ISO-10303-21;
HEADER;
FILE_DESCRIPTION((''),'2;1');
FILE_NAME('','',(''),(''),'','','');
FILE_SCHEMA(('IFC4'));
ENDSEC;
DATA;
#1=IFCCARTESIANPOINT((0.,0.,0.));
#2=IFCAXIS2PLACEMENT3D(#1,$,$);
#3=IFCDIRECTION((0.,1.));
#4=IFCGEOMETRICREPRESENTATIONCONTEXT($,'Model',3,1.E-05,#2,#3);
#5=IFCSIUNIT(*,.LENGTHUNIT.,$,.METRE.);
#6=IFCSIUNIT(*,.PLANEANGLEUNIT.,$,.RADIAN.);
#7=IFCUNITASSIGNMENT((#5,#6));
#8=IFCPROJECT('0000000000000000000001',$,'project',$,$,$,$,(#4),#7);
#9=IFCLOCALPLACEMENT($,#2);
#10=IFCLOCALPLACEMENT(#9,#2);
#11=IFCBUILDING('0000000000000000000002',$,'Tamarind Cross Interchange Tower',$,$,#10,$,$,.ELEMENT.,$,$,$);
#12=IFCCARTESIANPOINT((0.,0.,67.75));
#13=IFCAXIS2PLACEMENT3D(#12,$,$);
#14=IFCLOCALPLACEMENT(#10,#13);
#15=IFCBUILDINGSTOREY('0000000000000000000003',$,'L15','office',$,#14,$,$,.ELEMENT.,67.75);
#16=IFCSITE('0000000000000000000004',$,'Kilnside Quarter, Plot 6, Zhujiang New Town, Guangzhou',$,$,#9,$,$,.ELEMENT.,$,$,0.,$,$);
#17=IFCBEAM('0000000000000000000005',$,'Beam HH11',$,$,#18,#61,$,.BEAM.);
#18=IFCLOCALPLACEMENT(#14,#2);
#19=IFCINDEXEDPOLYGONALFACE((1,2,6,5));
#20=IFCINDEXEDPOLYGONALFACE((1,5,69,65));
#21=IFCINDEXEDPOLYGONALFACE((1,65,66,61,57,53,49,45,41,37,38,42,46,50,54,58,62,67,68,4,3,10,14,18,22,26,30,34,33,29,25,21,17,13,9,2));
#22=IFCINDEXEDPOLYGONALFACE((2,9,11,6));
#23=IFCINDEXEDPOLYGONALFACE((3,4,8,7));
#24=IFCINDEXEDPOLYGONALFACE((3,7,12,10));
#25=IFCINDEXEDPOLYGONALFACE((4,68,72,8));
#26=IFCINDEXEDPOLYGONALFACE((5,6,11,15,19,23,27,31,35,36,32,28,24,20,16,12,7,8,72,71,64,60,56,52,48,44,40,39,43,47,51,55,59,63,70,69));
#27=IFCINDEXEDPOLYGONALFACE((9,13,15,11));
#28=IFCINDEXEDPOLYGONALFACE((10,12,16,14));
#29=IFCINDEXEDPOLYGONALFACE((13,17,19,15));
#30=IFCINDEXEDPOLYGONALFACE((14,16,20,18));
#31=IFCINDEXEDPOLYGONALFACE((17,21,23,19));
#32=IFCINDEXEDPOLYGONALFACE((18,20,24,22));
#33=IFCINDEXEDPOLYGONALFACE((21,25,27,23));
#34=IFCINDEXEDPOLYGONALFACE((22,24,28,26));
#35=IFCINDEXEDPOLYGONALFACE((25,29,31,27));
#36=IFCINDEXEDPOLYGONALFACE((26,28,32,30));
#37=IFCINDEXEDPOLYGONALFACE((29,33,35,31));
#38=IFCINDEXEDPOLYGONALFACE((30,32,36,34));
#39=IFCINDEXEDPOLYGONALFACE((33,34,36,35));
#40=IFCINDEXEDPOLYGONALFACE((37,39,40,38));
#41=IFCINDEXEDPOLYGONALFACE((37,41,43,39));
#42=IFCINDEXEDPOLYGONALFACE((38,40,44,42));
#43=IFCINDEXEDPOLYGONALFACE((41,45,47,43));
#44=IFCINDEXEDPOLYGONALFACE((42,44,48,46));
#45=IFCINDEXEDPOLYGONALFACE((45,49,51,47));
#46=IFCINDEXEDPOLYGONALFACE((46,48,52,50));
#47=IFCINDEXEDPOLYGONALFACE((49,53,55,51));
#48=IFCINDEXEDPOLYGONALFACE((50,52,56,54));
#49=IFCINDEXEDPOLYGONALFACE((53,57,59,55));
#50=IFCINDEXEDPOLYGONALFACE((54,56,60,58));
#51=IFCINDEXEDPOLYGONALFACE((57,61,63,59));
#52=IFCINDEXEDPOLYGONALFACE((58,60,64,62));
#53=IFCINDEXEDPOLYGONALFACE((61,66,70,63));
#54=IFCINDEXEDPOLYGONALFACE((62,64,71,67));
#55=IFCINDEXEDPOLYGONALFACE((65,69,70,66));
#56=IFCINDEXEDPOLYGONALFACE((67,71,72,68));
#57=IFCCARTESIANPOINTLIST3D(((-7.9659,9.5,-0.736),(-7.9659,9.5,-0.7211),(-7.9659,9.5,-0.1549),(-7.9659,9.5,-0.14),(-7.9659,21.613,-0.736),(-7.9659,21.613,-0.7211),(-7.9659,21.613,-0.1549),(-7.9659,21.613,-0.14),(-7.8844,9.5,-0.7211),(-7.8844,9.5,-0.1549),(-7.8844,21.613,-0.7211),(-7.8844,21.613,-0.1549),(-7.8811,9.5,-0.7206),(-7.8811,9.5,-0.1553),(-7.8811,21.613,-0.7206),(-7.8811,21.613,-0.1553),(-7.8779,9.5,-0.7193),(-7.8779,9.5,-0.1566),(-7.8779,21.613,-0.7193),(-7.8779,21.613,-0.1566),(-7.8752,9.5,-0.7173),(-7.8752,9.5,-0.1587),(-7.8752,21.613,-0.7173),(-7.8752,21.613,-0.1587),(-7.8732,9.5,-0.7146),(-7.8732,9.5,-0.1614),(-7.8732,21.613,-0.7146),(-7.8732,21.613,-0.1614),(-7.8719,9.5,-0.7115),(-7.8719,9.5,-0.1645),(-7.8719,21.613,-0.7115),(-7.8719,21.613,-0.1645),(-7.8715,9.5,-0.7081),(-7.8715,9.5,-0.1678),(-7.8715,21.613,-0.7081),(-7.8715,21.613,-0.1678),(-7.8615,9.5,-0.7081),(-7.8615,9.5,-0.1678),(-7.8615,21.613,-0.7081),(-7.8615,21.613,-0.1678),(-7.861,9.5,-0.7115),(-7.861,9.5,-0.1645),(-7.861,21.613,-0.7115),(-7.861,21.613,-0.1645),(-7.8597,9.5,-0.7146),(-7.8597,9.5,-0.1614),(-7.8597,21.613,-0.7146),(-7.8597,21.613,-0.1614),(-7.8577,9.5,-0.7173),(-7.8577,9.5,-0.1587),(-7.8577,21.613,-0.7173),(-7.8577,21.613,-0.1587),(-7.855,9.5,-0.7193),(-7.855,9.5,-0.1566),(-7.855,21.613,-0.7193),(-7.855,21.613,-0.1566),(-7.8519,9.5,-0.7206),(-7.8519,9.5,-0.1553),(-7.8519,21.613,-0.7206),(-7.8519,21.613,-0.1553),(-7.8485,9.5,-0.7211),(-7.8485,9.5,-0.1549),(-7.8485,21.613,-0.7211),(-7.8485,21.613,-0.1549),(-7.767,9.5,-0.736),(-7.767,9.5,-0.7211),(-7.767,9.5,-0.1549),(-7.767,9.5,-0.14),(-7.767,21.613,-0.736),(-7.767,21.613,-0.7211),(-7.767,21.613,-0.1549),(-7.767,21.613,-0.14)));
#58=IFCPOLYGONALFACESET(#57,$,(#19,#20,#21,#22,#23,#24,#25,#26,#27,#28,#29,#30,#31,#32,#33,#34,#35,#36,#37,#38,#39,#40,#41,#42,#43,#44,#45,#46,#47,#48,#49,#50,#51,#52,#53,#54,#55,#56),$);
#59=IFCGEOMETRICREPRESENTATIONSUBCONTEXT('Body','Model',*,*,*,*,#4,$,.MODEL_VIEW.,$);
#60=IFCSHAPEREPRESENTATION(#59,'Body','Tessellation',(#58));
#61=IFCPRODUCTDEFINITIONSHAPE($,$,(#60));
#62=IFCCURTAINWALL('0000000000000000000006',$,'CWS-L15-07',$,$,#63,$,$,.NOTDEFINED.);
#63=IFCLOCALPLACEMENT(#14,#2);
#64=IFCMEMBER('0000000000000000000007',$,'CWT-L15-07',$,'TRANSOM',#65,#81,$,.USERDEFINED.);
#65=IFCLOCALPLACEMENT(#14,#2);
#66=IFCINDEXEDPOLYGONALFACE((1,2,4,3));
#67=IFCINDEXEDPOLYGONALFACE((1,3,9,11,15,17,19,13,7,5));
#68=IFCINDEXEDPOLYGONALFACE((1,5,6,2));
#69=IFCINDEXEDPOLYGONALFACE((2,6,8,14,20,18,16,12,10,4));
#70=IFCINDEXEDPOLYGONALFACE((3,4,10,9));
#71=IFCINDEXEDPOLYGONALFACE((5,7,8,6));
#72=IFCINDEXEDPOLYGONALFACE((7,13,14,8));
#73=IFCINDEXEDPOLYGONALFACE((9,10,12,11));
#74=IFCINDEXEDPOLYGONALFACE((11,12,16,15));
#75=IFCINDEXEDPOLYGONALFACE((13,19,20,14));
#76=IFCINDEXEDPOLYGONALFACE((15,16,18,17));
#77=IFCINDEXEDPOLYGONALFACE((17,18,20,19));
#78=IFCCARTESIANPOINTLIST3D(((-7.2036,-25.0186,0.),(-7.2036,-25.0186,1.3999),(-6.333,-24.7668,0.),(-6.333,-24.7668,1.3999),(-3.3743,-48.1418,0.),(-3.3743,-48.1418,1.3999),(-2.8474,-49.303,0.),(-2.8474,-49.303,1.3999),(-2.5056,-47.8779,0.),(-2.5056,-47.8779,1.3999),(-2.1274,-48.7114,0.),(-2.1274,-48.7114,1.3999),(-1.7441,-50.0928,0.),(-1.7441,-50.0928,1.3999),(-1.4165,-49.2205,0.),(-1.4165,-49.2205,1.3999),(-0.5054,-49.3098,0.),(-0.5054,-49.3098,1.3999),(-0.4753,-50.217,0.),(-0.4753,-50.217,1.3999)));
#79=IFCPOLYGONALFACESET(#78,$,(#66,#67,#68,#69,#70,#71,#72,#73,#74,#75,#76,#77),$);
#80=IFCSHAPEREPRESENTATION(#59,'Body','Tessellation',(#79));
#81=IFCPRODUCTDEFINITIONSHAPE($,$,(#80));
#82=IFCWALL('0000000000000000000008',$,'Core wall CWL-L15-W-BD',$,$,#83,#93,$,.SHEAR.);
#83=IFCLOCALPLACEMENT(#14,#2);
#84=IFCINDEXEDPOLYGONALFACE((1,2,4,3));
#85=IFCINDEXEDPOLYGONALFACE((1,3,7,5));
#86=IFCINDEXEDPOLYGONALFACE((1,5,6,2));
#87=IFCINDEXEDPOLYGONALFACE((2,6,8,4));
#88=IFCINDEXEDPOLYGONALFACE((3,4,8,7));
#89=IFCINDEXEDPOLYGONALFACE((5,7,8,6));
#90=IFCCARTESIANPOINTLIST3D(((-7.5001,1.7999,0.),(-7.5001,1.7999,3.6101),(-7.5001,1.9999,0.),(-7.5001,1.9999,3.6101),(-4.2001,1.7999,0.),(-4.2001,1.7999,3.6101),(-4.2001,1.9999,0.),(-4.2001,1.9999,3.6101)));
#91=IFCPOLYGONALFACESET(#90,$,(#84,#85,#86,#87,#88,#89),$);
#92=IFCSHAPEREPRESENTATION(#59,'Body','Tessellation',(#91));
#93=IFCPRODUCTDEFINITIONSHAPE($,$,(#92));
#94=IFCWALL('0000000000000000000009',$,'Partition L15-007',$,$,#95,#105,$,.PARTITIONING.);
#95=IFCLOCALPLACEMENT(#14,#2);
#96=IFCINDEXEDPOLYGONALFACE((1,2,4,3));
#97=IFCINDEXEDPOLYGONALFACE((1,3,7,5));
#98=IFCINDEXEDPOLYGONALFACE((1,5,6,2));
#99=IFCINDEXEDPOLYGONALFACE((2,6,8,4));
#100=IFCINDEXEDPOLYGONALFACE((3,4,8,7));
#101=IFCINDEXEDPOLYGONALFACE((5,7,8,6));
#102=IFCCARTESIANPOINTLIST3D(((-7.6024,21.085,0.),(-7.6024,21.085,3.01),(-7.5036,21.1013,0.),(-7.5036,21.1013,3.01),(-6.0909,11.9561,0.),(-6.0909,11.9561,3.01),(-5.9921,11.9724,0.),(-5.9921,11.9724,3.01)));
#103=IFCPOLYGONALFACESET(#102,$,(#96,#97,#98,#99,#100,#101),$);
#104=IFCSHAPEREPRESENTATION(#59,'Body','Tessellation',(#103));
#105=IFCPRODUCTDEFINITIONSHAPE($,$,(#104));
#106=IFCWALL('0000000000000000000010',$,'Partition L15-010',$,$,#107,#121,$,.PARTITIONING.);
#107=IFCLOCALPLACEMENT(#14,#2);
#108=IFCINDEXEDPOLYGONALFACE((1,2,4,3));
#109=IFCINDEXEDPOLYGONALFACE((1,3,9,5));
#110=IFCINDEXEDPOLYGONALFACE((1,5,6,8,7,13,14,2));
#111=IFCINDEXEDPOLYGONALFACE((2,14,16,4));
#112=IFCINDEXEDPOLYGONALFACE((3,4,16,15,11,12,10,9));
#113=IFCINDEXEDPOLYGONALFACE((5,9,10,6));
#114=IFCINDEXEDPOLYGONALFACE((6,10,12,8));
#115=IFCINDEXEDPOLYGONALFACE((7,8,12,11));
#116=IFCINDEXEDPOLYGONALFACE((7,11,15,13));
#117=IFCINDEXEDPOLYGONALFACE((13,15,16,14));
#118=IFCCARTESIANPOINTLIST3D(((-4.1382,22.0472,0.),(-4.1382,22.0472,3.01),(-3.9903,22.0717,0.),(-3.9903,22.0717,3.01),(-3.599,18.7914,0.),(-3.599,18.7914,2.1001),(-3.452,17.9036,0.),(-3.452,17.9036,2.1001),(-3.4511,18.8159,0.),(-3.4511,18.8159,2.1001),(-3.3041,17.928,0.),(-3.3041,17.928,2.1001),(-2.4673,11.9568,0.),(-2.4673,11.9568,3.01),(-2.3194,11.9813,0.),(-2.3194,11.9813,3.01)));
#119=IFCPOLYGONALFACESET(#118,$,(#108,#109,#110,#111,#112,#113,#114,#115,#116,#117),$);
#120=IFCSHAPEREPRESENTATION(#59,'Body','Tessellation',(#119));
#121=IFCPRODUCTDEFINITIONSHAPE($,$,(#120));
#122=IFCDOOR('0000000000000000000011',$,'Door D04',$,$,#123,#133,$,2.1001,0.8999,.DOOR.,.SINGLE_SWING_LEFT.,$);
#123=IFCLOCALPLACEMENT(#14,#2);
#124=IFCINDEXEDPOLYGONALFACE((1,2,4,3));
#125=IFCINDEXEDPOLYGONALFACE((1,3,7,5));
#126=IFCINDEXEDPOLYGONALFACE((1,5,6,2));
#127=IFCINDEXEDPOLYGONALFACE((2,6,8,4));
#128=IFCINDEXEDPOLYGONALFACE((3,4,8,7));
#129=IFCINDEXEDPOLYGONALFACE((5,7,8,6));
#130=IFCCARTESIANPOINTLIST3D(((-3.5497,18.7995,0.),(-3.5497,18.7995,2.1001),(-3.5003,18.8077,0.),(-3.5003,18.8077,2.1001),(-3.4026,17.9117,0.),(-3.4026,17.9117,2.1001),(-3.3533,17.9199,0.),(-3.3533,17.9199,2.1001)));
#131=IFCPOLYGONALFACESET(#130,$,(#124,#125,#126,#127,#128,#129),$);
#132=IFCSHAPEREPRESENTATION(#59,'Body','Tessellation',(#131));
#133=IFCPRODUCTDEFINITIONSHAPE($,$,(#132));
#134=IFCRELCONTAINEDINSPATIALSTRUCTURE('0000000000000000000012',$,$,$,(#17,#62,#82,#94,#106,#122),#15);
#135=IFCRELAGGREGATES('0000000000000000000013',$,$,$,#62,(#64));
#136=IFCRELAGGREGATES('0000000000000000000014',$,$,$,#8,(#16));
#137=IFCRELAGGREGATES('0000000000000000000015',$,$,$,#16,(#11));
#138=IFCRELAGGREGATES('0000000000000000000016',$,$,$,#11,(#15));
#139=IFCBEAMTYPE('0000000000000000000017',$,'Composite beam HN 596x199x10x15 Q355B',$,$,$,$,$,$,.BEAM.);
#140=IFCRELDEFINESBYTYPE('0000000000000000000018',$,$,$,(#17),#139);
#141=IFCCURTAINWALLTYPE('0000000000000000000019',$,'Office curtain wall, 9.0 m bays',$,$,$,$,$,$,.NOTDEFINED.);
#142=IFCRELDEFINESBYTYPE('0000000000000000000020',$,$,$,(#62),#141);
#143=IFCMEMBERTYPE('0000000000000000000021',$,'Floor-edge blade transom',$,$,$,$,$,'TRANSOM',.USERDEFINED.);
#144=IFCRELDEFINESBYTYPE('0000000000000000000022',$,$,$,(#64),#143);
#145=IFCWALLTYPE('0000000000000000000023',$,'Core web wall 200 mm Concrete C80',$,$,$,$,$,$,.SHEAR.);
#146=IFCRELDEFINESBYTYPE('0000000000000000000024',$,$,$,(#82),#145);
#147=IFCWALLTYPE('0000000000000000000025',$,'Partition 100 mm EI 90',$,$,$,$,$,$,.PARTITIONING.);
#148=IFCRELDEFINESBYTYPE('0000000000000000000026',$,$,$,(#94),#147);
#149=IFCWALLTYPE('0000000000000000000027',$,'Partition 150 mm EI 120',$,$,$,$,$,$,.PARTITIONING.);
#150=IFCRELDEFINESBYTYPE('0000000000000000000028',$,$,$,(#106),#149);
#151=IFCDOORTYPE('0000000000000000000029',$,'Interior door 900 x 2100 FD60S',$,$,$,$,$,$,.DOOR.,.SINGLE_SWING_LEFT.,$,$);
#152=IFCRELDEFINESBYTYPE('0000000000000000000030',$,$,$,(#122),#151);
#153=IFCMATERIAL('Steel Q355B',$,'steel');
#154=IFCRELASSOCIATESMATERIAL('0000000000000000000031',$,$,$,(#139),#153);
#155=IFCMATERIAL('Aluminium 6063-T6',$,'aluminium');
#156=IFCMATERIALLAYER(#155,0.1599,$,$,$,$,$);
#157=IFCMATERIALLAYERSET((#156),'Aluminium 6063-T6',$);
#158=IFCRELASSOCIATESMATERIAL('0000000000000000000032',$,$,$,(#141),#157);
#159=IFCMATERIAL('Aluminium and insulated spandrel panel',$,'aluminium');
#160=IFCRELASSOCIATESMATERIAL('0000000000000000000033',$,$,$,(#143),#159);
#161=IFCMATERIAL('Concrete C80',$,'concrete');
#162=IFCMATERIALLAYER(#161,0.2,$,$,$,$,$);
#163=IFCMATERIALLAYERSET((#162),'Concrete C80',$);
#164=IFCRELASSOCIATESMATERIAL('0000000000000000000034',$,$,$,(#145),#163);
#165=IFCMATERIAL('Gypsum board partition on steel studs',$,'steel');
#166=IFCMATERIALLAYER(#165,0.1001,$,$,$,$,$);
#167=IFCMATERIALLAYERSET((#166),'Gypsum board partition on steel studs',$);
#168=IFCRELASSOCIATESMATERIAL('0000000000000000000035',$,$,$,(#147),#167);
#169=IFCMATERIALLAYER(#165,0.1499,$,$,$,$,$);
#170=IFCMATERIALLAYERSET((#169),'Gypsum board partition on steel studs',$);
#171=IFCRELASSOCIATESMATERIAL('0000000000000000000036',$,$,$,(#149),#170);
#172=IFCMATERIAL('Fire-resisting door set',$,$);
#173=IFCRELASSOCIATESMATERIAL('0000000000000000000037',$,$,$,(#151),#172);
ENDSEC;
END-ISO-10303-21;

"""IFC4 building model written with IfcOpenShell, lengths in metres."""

from ifc_helpers import new_model, si_unit, direction, frame, frame_2d, origin, origin_2d, place, context, subcontext, project, spatial, polyline, rectangle, i_section, outline, extrude, material, layer, layer_set, material_profile, profile_set, type_object, element, fill, aggregate, save


model = new_model("IFC4")

# Units and contexts
model_context = context("Model", 3, precision=1e-05, world=origin(), true_north=direction((0.0, 1.0)))
body_context = subcontext(model_context, "Body", "Model", "MODEL_VIEW")
ifc_project = project(units=[si_unit("LENGTHUNIT", "METRE"), si_unit("PLANEANGLEUNIT", "RADIAN")], contexts=[model_context])

# Site, building, storey
site_placement = place(None, origin())
site = spatial("IfcSite", under=ifc_project, at=site_placement, Name="Kilnside Quarter, Plot 6, Zhujiang New Town, Guangzhou", CompositionType="ELEMENT", RefElevation=0.0)
building_placement = place(site_placement, origin())
building = spatial("IfcBuilding", under=site, at=building_placement, Name="Tamarind Cross Interchange Tower", CompositionType="ELEMENT")
storey_placement = place(building_placement, frame((0.0, 0.0, 67.75)))
storey = spatial("IfcBuildingStorey", under=building, at=storey_placement, Name="L15", Description="office", CompositionType="ELEMENT", Elevation=67.75)

# Beam
ifc_material_1 = material(Name="Steel Q355B", Category="steel")
ifc_material_profile_1 = material_profile(ifc_material_1, i_section(OverallWidth=0.199, OverallDepth=0.5959, WebThickness=0.01, FlangeThickness=0.0149, FilletRadius=0.0129, at=origin_2d()), Name="HN 596x199x10x15")
ifc_profile_set_1 = profile_set([ifc_material_profile_1], Name="Steel Q355B")
beam_type_1 = type_object("IfcBeamType", Name="Composite beam HN 596x199x10x15 Q355B", PredefinedType="BEAM", material=ifc_profile_set_1)
beam_1_placement = place(storey_placement, frame((-7.8665, 21.613, -0.438), z_axis=(0.0, -1.0, 0.0), x_axis=(1.0, 0.0, 0.0)))
element("IfcBeam", 1, at=beam_1_placement, inside=storey, type_object=beam_type_1, Name="Beam HH11", PredefinedType="BEAM", context=body_context, shape_type="SweptSolid", body=[
    extrude(i_section(OverallWidth=0.199, OverallDepth=0.5959, WebThickness=0.01, FlangeThickness=0.0149, FilletRadius=0.0129, at=origin_2d()), origin(), (0.0, 0.0, 1.0), 12.113),
])

# Curtain wall, member
ifc_material_2 = material(Name="Aluminium 6063-T6", Category="aluminium")
ifc_layer_1 = layer(ifc_material_2, 0.1599)
ifc_layer_set_1 = layer_set([ifc_layer_1], Name="Aluminium 6063-T6")
curtain_wall_type = type_object("IfcCurtainWallType", Name="Office curtain wall, 9.0 m bays", PredefinedType="NOTDEFINED", material=ifc_layer_set_1)
curtain_wall_placement = place(storey_placement, origin())
curtain_wall = element("IfcCurtainWall", 2, at=curtain_wall_placement, inside=storey, type_object=curtain_wall_type, Name="CWS-L15-07", PredefinedType="NOTDEFINED")
ifc_material_3 = material(Name="Aluminium and insulated spandrel panel", Category="aluminium")
member_type = type_object("IfcMemberType", Name="Floor-edge blade transom", ElementType="TRANSOM", PredefinedType="USERDEFINED", material=ifc_material_3)
member_placement = place(storey_placement, origin())
member = element("IfcMember", 3, at=member_placement, type_object=member_type, Name="CWT-L15-07", ObjectType="TRANSOM", PredefinedType="USERDEFINED", context=body_context, shape_type="SweptSolid", body=[
    extrude(outline(polyline([(-6.333, -24.7668), (-2.5056, -47.8779), (-2.1274, -48.7114), (-1.4165, -49.2205), (-0.5054, -49.3098), (-0.4753, -50.217), (-1.7441, -50.0928), (-2.8474, -49.303), (-3.3743, -48.1418), (-7.2036, -25.0186), (-6.333, -24.7668)])), origin(), (0.0, 0.0, 1.0), 1.3999),
])
aggregate(curtain_wall, [member])

# Walls
ifc_material_4 = material(Name="Concrete C80", Category="concrete")
ifc_layer_2 = layer(ifc_material_4, 0.2)
ifc_layer_set_2 = layer_set([ifc_layer_2], Name="Concrete C80")
wall_type_1 = type_object("IfcWallType", Name="Core web wall 200 mm Concrete C80", PredefinedType="SHEAR", material=ifc_layer_set_2)
wall_1_placement = place(storey_placement, frame((-7.5, 1.8999, 0.0), z_axis=(0.0, 0.0, 1.0), x_axis=(1.0, 0.0, 0.0)))
element("IfcWall", 4, at=wall_1_placement, inside=storey, type_object=wall_type_1, Name="Core wall CWL-L15-W-BD", PredefinedType="SHEAR", context=body_context, shape_type="SweptSolid", body=[
    extrude(rectangle(XDim=3.3, YDim=0.2, at=frame_2d((1.6499, 0.0))), origin(), (0.0, 0.0, 1.0), 3.6101),
])
ifc_material_5 = material(Name="Gypsum board partition on steel studs", Category="steel")
ifc_layer_3 = layer(ifc_material_5, 0.1001)
ifc_layer_set_3 = layer_set([ifc_layer_3], Name="Gypsum board partition on steel studs")
wall_type_2 = type_object("IfcWallType", Name="Partition 100 mm EI 90", PredefinedType="PARTITIONING", material=ifc_layer_set_3)
wall_2_placement = place(storey_placement, frame((-7.553, 21.093, 0.0), z_axis=(0.0, 0.0, 1.0), x_axis=(0.163346, -0.986569, 0.0)))
element("IfcWall", 5, at=wall_2_placement, inside=storey, type_object=wall_type_2, Name="Partition L15-007", PredefinedType="PARTITIONING", context=body_context, shape_type="SweptSolid", body=[
    extrude(rectangle(XDim=9.2532, YDim=0.1001, at=frame_2d((4.6265, 0.0))), origin(), (0.0, 0.0, 1.0), 3.01),
])

# Wall, opening, door
ifc_layer_4 = layer(ifc_material_5, 0.1499)
ifc_layer_set_4 = layer_set([ifc_layer_4], Name="Gypsum board partition on steel studs")
wall_type_3 = type_object("IfcWallType", Name="Partition 150 mm EI 120", PredefinedType="PARTITIONING", material=ifc_layer_set_4)
wall_3_placement = place(storey_placement, frame((-4.0642, 22.0593, 0.0), z_axis=(0.0, 0.0, 1.0), x_axis=(0.163369, -0.986565, 0.0)))
wall_3 = element("IfcWall", 6, at=wall_3_placement, inside=storey, type_object=wall_type_3, Name="Partition L15-010", PredefinedType="PARTITIONING", context=body_context, shape_type="SweptSolid", body=[
    extrude(rectangle(XDim=10.2278, YDim=0.1499, at=frame_2d((5.1138, 0.0))), origin(), (0.0, 0.0, 1.0), 3.01),
])
opening_placement = place(wall_3_placement, frame((3.3, 0.0, 0.0)))
opening = element("IfcOpeningElement", 7, at=opening_placement, cuts=wall_3, PredefinedType="OPENING", context=body_context, shape_type="SweptSolid", body=[
    extrude(rectangle(XDim=0.8999, YDim=2.1001, at=frame_2d((0.45, 1.05))), frame((0.0, 0.085, 0.0), z_axis=(0.0, -1.0, 0.0), x_axis=(1.0, 0.0, 0.0)), (0.0, 0.0, 1.0), 0.1699),
])
ifc_material_6 = material(Name="Fire-resisting door set")
door_type = type_object("IfcDoorType", Name="Interior door 900 x 2100 FD60S", OperationType="SINGLE_SWING_LEFT", PredefinedType="DOOR", material=ifc_material_6)
door_placement = place(opening_placement, frame((0.8999, 0.0, 0.0), z_axis=(0.0, 0.0, 1.0), x_axis=(-1.0, 0.0, 0.0)))
door = element("IfcDoor", 8, at=door_placement, inside=storey, type_object=door_type, Name="Door D04", OperationType="SINGLE_SWING_LEFT", OverallHeight=2.1001, OverallWidth=0.8999, PredefinedType="DOOR", context=body_context, shape_type="SweptSolid", body=[
    extrude(rectangle(XDim=0.8999, YDim=2.1001, at=frame_2d((0.45, 1.05))), frame((0.0, 0.0249, 0.0), z_axis=(0.0, -1.0, 0.0), x_axis=(1.0, 0.0, 0.0)), (0.0, 0.0, 1.0), 0.05),
])
fill(opening, door)

save(model, "model.ifc")
